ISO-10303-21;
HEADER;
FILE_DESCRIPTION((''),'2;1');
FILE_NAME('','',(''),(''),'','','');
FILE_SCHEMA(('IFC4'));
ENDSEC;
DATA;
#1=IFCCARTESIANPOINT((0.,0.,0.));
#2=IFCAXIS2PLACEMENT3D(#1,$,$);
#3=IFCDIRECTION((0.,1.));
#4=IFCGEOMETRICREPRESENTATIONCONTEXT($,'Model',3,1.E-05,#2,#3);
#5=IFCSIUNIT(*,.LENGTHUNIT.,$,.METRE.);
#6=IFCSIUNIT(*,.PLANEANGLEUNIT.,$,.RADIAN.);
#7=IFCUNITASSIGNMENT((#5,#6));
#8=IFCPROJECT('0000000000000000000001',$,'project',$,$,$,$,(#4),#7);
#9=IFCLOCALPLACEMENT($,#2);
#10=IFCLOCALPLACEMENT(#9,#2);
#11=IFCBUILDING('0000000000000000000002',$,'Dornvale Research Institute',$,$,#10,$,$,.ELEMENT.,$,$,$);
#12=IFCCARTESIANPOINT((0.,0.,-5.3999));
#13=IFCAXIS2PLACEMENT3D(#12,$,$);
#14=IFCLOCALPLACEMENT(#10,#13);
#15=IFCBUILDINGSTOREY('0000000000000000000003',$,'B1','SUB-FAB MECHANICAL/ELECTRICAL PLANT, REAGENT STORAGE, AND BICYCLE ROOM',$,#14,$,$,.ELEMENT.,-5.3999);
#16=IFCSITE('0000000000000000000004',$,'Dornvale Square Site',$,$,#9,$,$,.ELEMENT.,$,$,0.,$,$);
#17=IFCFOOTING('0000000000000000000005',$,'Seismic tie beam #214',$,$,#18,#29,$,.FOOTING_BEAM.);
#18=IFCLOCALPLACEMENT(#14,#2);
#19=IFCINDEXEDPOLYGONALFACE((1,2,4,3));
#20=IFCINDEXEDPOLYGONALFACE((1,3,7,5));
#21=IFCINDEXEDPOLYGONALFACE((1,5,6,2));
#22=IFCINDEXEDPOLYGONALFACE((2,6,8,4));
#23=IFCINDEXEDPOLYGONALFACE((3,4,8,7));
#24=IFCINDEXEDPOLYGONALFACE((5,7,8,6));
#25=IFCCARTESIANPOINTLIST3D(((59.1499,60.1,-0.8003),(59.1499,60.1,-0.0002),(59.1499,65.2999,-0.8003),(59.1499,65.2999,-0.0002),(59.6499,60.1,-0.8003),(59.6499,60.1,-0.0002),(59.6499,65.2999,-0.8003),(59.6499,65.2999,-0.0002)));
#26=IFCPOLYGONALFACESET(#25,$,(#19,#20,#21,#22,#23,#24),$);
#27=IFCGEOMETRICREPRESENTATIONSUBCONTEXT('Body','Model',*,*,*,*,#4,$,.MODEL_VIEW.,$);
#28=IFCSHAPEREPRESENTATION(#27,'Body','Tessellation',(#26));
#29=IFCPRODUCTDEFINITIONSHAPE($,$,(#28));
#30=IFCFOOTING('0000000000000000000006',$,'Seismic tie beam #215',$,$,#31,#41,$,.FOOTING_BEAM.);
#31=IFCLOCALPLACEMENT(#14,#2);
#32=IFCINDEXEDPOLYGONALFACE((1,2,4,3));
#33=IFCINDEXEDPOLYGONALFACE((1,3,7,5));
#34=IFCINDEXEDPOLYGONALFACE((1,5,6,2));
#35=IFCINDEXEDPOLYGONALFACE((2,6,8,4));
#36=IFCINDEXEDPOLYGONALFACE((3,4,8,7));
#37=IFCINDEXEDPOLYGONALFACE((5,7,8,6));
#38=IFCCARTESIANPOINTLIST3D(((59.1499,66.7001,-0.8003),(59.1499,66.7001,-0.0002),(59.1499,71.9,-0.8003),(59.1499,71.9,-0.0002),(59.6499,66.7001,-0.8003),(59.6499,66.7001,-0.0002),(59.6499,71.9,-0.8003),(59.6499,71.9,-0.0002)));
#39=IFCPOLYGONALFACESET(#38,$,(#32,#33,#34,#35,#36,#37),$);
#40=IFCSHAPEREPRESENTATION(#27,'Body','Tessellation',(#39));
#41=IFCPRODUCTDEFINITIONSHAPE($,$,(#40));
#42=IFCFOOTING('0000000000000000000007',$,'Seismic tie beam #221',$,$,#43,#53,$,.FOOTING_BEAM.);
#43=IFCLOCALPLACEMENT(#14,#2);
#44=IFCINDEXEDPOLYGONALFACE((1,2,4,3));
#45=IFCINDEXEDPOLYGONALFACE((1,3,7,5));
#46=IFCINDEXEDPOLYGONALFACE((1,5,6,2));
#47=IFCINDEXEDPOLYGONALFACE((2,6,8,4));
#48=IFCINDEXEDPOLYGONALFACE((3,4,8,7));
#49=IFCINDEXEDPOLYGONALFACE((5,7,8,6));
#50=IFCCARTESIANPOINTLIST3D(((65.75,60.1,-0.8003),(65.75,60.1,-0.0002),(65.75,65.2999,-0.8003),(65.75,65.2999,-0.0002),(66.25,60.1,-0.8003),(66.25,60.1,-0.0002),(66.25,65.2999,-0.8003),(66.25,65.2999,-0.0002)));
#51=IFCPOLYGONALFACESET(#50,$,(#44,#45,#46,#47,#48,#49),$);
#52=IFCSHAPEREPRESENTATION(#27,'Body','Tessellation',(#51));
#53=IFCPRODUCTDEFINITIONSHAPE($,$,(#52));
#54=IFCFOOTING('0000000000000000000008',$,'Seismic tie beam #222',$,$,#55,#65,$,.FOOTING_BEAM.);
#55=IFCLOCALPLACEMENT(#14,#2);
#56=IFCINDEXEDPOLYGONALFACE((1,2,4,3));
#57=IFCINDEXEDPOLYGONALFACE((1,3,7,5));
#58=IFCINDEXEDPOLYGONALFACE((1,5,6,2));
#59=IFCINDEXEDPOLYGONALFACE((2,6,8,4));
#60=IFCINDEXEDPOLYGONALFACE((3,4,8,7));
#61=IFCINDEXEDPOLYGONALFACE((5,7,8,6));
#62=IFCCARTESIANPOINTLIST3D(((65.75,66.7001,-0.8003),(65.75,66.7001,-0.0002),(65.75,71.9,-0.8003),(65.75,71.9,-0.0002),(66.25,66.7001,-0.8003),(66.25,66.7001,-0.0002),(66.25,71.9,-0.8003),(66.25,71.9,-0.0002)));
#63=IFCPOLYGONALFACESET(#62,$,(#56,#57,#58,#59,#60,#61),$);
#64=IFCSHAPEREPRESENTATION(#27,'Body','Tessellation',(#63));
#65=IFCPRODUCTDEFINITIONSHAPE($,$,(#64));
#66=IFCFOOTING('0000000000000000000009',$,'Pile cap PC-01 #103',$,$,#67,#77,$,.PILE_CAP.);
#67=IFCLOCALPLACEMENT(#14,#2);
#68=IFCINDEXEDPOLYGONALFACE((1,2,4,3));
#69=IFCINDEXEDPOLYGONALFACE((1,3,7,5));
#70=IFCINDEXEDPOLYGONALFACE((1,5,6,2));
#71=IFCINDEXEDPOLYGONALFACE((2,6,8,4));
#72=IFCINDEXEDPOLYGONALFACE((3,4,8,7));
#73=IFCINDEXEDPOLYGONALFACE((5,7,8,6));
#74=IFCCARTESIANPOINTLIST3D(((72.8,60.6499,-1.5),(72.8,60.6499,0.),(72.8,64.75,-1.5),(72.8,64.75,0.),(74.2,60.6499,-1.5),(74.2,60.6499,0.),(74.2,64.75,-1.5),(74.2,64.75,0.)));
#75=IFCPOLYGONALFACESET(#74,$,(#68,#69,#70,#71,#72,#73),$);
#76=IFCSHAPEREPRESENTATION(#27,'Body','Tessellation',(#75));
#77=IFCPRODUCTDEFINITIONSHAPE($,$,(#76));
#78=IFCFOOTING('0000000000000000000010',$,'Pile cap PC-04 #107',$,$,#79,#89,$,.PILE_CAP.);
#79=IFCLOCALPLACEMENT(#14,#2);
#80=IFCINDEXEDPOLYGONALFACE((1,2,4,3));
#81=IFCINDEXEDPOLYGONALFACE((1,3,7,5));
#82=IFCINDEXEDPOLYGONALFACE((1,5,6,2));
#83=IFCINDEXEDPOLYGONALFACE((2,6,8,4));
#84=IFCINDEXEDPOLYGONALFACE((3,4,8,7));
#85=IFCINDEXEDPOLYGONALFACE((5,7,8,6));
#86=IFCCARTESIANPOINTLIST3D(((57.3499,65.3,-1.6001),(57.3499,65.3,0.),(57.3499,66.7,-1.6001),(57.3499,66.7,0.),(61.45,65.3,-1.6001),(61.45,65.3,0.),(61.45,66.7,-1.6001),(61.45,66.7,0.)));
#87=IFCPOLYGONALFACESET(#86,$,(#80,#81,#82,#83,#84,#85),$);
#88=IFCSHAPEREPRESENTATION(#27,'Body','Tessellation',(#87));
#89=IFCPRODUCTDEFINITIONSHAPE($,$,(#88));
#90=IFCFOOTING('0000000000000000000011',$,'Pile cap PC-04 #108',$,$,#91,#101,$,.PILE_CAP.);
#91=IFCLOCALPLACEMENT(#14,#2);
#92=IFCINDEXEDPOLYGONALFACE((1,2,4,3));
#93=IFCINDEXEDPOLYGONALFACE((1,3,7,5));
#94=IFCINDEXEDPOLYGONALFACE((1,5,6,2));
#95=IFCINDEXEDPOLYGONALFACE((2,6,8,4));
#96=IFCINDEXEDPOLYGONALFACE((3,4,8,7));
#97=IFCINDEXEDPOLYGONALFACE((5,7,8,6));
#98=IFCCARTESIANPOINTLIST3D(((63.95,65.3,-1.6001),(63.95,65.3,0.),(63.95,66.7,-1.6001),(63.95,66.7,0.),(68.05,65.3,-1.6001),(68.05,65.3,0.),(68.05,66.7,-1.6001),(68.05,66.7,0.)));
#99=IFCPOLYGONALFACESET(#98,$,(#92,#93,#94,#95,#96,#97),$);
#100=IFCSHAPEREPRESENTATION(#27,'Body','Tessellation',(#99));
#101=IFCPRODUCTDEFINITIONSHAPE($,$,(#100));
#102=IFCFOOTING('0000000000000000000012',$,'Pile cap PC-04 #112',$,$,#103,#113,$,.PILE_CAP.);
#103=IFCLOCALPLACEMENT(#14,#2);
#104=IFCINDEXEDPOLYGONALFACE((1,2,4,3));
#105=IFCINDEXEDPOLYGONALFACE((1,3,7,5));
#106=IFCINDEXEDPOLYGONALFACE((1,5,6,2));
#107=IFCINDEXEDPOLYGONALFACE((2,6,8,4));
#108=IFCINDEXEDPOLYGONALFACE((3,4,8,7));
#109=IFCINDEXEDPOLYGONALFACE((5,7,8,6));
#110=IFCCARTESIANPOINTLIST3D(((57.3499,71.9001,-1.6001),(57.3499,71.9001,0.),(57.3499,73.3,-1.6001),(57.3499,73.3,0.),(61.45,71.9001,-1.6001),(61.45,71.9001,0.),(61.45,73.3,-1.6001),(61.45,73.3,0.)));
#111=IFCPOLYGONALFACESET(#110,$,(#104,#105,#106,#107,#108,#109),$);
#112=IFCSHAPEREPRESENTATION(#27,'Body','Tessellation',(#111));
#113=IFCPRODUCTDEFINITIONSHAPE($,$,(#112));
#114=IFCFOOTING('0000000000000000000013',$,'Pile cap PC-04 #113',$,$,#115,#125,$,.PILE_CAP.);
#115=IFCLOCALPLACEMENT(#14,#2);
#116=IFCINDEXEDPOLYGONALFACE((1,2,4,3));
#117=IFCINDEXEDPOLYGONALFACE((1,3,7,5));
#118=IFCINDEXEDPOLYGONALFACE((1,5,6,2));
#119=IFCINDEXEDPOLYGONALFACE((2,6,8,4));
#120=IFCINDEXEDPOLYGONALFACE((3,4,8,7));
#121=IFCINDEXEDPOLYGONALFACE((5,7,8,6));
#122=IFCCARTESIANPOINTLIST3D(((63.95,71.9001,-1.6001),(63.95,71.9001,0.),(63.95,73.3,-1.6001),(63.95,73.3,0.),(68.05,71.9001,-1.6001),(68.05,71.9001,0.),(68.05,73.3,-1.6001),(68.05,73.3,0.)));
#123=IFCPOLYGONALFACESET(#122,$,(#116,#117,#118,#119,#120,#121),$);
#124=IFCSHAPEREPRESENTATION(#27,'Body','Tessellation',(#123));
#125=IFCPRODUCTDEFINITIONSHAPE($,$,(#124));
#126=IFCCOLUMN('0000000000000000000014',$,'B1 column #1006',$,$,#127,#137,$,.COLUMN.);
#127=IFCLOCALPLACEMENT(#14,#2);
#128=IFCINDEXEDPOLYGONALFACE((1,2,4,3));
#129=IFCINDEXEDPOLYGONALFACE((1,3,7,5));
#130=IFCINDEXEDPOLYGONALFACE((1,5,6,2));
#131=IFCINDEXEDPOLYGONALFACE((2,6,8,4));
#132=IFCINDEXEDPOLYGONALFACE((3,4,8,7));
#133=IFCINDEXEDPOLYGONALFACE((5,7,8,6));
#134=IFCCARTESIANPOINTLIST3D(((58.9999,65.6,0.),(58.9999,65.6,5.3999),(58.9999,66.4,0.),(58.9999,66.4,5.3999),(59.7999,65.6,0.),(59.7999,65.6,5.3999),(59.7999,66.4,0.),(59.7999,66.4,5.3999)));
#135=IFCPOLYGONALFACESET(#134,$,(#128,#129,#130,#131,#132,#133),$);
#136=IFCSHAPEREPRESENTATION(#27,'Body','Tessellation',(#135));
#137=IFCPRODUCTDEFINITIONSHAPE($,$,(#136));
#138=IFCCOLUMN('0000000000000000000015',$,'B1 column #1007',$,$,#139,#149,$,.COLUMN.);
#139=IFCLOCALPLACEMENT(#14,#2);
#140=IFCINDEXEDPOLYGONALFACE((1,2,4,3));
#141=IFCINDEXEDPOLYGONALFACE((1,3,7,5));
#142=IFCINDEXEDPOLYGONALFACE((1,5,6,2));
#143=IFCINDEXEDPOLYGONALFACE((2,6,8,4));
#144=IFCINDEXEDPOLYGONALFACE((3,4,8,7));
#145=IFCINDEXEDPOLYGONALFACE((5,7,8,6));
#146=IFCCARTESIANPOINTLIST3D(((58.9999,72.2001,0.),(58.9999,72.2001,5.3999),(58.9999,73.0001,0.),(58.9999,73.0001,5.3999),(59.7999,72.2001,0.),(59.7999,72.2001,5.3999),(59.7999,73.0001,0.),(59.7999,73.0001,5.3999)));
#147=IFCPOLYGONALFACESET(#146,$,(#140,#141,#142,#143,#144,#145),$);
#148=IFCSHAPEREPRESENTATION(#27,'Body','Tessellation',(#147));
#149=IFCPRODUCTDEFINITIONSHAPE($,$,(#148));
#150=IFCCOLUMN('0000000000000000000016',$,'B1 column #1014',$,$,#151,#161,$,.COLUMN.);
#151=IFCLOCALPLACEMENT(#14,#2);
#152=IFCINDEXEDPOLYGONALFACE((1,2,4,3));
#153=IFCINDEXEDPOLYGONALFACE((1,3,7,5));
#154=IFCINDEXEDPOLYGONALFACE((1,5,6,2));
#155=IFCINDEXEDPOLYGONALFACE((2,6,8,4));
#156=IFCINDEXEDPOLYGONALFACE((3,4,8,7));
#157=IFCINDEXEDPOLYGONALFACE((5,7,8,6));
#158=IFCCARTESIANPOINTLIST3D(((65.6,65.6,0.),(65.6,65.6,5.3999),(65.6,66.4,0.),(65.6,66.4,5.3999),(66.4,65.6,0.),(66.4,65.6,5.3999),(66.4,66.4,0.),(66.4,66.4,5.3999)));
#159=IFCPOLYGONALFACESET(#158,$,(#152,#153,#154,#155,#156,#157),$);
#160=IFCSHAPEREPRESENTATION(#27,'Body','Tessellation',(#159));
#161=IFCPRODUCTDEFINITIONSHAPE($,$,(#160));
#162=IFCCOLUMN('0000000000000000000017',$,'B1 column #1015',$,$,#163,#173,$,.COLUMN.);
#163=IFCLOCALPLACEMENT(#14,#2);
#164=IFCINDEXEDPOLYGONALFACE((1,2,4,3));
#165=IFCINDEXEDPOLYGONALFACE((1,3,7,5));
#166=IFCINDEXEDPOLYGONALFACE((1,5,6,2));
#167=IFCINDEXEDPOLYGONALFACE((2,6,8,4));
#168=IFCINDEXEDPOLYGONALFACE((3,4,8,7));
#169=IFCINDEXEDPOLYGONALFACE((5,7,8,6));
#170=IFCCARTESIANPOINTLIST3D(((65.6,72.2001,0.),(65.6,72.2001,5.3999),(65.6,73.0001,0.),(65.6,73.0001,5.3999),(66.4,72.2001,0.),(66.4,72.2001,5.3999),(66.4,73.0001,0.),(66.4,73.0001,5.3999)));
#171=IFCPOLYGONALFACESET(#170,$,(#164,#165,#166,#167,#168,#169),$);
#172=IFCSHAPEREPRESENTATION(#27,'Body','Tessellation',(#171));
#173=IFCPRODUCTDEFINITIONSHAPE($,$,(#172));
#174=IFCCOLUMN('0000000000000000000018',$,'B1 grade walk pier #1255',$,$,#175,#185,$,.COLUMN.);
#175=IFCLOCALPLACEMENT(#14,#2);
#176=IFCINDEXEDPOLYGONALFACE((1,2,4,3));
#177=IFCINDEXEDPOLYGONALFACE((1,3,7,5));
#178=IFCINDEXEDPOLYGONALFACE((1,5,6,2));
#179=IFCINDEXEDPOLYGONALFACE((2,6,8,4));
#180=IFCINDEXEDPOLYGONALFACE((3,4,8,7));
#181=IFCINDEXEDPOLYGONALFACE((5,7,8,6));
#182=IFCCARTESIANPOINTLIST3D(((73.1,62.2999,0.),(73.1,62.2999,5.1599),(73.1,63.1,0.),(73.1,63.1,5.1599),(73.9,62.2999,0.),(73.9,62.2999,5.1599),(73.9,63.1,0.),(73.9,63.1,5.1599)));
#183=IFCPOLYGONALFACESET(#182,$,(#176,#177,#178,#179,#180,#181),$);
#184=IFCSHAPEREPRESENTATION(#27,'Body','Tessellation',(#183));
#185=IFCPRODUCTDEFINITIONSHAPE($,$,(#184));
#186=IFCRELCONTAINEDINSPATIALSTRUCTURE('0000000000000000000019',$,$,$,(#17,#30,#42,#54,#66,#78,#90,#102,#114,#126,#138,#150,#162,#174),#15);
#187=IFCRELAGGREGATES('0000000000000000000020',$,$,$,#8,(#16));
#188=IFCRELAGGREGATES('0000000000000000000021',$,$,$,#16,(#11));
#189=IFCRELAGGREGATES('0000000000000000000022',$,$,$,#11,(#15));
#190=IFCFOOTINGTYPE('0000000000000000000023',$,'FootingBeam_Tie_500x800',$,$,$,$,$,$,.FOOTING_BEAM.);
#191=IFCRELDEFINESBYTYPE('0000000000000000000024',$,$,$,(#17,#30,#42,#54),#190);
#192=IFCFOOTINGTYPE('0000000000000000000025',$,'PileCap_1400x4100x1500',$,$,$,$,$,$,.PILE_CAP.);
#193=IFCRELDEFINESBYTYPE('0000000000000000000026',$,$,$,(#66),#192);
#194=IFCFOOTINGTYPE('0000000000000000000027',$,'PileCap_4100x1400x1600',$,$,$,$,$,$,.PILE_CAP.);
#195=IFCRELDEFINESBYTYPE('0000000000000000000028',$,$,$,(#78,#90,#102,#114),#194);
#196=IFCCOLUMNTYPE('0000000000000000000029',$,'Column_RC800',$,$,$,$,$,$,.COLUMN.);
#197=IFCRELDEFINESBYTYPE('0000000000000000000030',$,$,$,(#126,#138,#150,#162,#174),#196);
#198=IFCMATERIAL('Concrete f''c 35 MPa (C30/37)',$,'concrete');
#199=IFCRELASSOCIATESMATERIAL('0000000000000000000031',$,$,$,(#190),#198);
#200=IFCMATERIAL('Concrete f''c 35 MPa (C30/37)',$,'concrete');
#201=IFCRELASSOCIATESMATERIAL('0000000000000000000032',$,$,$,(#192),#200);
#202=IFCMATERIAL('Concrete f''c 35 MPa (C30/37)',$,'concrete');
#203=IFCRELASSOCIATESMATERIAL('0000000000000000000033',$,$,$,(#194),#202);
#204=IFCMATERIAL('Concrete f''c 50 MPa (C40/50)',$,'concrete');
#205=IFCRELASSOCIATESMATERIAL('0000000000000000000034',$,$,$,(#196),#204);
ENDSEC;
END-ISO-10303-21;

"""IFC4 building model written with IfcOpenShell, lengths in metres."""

from ifc_helpers import new_model, si_unit, direction, frame, origin, origin_2d, place, context, subcontext, project, spatial, rectangle, extrude, material, material_profile, profile_set, type_object, element, save


model = new_model("IFC4")

# Units and contexts
model_context = context("Model", 3, precision=1e-05, world=origin(), true_north=direction((0.0, 1.0)))
body_context = subcontext(model_context, "Body", "Model", "MODEL_VIEW")
ifc_project = project(units=[si_unit("LENGTHUNIT", "METRE"), si_unit("PLANEANGLEUNIT", "RADIAN")], contexts=[model_context])

# Site, building, storey
site_placement = place(None, origin())
site = spatial("IfcSite", under=ifc_project, at=site_placement, Name="Dornvale Square Site", CompositionType="ELEMENT", RefElevation=0.0)
building_placement = place(site_placement, origin())
building = spatial("IfcBuilding", under=site, at=building_placement, Name="Dornvale Research Institute", CompositionType="ELEMENT")
storey_placement = place(building_placement, frame((0.0, 0.0, -5.3999)))
storey = spatial("IfcBuildingStorey", under=building, at=storey_placement, Name="B1", Description="SUB-FAB MECHANICAL/ELECTRICAL PLANT, REAGENT STORAGE, AND BICYCLE ROOM", CompositionType="ELEMENT", Elevation=-5.3999)

# Footings
ifc_material_1 = material(Name="Concrete f'c 35 MPa (C30/37)", Category="concrete")
footing_type_1 = type_object("IfcFootingType", Name="FootingBeam_Tie_500x800", PredefinedType="FOOTING_BEAM", material=ifc_material_1)
for number, where, z_axis, x_axis, name in (
    (1, (59.3999, 62.7, -0.8003), (0.0, 0.0, 1.0), (0.0, 1.0, 0.0), "Seismic tie beam #214"),
    (2, (59.3999, 69.3, -0.8003), (0.0, 0.0, 1.0), (0.0, 1.0, 0.0), "Seismic tie beam #215"),
    (3, (66.0, 62.7, -0.8003), (0.0, 0.0, 1.0), (0.0, 1.0, 0.0), "Seismic tie beam #221"),
    (4, (66.0, 69.3, -0.8003), (0.0, 0.0, 1.0), (0.0, 1.0, 0.0), "Seismic tie beam #222"),
):
    element("IfcFooting", number, at=place(storey_placement, frame(where, z_axis=z_axis, x_axis=x_axis)), inside=storey, type_object=footing_type_1, Name=name, PredefinedType="FOOTING_BEAM", context=body_context, shape_type="SweptSolid", body=[
        extrude(rectangle(XDim=5.2, YDim=0.5, at=origin_2d()), origin(), (0.0, 0.0, 1.0), 0.8),
    ])
ifc_material_2 = material(Name="Concrete f'c 35 MPa (C30/37)", Category="concrete")
footing_type_2 = type_object("IfcFootingType", Name="PileCap_1400x4100x1500", PredefinedType="PILE_CAP", material=ifc_material_2)
footing_placement = place(storey_placement, frame((73.5, 62.7, -1.5), z_axis=(0.0, 0.0, 1.0), x_axis=(1.0, 0.0, 0.0)))
element("IfcFooting", 5, at=footing_placement, inside=storey, type_object=footing_type_2, Name="Pile cap PC-01 #103", PredefinedType="PILE_CAP", context=body_context, shape_type="SweptSolid", body=[
    extrude(rectangle(XDim=1.3999, YDim=4.1001, at=origin_2d()), origin(), (0.0, 0.0, 1.0), 1.5),
])
ifc_material_3 = material(Name="Concrete f'c 35 MPa (C30/37)", Category="concrete")
footing_type_3 = type_object("IfcFootingType", Name="PileCap_4100x1400x1600", PredefinedType="PILE_CAP", material=ifc_material_3)
for number, where, z_axis, x_axis, name in (
    (6, (59.3999, 66.0, -1.6001), (0.0, 0.0, 1.0), (1.0, 0.0, 0.0), "Pile cap PC-04 #107"),
    (7, (66.0, 66.0, -1.6001), (0.0, 0.0, 1.0), (1.0, 0.0, 0.0), "Pile cap PC-04 #108"),
    (8, (59.3999, 72.6001, -1.6001), (0.0, 0.0, 1.0), (1.0, 0.0, 0.0), "Pile cap PC-04 #112"),
    (9, (66.0, 72.6001, -1.6001), (0.0, 0.0, 1.0), (1.0, 0.0, 0.0), "Pile cap PC-04 #113"),
):
    element("IfcFooting", number, at=place(storey_placement, frame(where, z_axis=z_axis, x_axis=x_axis)), inside=storey, type_object=footing_type_3, Name=name, PredefinedType="PILE_CAP", context=body_context, shape_type="SweptSolid", body=[
        extrude(rectangle(XDim=4.1001, YDim=1.3999, at=origin_2d()), origin(), (0.0, 0.0, 1.0), 1.6001),
    ])

# Columns
ifc_material_4 = material(Name="Concrete f'c 50 MPa (C40/50)", Category="concrete")
ifc_material_profile_1 = material_profile(ifc_material_4, rectangle(XDim=0.8, YDim=0.8, at=origin_2d()), Name="RC 800x800")
ifc_profile_set_1 = profile_set([ifc_material_profile_1], Name="Concrete f'c 50 MPa (C40/50)")
column_type = type_object("IfcColumnType", Name="Column_RC800", PredefinedType="COLUMN", material=ifc_profile_set_1)
for number, where, z_axis, x_axis, name in (
    (10, (59.3999, 66.0, 0.0), (0.0, 0.0, 1.0), (1.0, 0.0, 0.0), "B1 column #1006"),
    (11, (59.3999, 72.6001, 0.0), (0.0, 0.0, 1.0), (1.0, 0.0, 0.0), "B1 column #1007"),
    (12, (66.0, 66.0, 0.0), (0.0, 0.0, 1.0), (1.0, 0.0, 0.0), "B1 column #1014"),
    (13, (66.0, 72.6001, 0.0), (0.0, 0.0, 1.0), (1.0, 0.0, 0.0), "B1 column #1015"),
):
    element("IfcColumn", number, at=place(storey_placement, frame(where, z_axis=z_axis, x_axis=x_axis)), inside=storey, type_object=column_type, Name=name, PredefinedType="COLUMN", context=body_context, shape_type="SweptSolid", body=[
        extrude(rectangle(XDim=0.8, YDim=0.8, at=origin_2d()), origin(), (0.0, 0.0, 1.0), 5.3999),
    ])
column_placement = place(storey_placement, frame((73.5, 62.7, 0.0), z_axis=(0.0, 0.0, 1.0), x_axis=(1.0, 0.0, 0.0)))
element("IfcColumn", 14, at=column_placement, inside=storey, type_object=column_type, Name="B1 grade walk pier #1255", PredefinedType="COLUMN", context=body_context, shape_type="SweptSolid", body=[
    extrude(rectangle(XDim=0.8, YDim=0.8, at=origin_2d()), origin(), (0.0, 0.0, 1.0), 5.1599),
])

save(model, "model.ifc")
